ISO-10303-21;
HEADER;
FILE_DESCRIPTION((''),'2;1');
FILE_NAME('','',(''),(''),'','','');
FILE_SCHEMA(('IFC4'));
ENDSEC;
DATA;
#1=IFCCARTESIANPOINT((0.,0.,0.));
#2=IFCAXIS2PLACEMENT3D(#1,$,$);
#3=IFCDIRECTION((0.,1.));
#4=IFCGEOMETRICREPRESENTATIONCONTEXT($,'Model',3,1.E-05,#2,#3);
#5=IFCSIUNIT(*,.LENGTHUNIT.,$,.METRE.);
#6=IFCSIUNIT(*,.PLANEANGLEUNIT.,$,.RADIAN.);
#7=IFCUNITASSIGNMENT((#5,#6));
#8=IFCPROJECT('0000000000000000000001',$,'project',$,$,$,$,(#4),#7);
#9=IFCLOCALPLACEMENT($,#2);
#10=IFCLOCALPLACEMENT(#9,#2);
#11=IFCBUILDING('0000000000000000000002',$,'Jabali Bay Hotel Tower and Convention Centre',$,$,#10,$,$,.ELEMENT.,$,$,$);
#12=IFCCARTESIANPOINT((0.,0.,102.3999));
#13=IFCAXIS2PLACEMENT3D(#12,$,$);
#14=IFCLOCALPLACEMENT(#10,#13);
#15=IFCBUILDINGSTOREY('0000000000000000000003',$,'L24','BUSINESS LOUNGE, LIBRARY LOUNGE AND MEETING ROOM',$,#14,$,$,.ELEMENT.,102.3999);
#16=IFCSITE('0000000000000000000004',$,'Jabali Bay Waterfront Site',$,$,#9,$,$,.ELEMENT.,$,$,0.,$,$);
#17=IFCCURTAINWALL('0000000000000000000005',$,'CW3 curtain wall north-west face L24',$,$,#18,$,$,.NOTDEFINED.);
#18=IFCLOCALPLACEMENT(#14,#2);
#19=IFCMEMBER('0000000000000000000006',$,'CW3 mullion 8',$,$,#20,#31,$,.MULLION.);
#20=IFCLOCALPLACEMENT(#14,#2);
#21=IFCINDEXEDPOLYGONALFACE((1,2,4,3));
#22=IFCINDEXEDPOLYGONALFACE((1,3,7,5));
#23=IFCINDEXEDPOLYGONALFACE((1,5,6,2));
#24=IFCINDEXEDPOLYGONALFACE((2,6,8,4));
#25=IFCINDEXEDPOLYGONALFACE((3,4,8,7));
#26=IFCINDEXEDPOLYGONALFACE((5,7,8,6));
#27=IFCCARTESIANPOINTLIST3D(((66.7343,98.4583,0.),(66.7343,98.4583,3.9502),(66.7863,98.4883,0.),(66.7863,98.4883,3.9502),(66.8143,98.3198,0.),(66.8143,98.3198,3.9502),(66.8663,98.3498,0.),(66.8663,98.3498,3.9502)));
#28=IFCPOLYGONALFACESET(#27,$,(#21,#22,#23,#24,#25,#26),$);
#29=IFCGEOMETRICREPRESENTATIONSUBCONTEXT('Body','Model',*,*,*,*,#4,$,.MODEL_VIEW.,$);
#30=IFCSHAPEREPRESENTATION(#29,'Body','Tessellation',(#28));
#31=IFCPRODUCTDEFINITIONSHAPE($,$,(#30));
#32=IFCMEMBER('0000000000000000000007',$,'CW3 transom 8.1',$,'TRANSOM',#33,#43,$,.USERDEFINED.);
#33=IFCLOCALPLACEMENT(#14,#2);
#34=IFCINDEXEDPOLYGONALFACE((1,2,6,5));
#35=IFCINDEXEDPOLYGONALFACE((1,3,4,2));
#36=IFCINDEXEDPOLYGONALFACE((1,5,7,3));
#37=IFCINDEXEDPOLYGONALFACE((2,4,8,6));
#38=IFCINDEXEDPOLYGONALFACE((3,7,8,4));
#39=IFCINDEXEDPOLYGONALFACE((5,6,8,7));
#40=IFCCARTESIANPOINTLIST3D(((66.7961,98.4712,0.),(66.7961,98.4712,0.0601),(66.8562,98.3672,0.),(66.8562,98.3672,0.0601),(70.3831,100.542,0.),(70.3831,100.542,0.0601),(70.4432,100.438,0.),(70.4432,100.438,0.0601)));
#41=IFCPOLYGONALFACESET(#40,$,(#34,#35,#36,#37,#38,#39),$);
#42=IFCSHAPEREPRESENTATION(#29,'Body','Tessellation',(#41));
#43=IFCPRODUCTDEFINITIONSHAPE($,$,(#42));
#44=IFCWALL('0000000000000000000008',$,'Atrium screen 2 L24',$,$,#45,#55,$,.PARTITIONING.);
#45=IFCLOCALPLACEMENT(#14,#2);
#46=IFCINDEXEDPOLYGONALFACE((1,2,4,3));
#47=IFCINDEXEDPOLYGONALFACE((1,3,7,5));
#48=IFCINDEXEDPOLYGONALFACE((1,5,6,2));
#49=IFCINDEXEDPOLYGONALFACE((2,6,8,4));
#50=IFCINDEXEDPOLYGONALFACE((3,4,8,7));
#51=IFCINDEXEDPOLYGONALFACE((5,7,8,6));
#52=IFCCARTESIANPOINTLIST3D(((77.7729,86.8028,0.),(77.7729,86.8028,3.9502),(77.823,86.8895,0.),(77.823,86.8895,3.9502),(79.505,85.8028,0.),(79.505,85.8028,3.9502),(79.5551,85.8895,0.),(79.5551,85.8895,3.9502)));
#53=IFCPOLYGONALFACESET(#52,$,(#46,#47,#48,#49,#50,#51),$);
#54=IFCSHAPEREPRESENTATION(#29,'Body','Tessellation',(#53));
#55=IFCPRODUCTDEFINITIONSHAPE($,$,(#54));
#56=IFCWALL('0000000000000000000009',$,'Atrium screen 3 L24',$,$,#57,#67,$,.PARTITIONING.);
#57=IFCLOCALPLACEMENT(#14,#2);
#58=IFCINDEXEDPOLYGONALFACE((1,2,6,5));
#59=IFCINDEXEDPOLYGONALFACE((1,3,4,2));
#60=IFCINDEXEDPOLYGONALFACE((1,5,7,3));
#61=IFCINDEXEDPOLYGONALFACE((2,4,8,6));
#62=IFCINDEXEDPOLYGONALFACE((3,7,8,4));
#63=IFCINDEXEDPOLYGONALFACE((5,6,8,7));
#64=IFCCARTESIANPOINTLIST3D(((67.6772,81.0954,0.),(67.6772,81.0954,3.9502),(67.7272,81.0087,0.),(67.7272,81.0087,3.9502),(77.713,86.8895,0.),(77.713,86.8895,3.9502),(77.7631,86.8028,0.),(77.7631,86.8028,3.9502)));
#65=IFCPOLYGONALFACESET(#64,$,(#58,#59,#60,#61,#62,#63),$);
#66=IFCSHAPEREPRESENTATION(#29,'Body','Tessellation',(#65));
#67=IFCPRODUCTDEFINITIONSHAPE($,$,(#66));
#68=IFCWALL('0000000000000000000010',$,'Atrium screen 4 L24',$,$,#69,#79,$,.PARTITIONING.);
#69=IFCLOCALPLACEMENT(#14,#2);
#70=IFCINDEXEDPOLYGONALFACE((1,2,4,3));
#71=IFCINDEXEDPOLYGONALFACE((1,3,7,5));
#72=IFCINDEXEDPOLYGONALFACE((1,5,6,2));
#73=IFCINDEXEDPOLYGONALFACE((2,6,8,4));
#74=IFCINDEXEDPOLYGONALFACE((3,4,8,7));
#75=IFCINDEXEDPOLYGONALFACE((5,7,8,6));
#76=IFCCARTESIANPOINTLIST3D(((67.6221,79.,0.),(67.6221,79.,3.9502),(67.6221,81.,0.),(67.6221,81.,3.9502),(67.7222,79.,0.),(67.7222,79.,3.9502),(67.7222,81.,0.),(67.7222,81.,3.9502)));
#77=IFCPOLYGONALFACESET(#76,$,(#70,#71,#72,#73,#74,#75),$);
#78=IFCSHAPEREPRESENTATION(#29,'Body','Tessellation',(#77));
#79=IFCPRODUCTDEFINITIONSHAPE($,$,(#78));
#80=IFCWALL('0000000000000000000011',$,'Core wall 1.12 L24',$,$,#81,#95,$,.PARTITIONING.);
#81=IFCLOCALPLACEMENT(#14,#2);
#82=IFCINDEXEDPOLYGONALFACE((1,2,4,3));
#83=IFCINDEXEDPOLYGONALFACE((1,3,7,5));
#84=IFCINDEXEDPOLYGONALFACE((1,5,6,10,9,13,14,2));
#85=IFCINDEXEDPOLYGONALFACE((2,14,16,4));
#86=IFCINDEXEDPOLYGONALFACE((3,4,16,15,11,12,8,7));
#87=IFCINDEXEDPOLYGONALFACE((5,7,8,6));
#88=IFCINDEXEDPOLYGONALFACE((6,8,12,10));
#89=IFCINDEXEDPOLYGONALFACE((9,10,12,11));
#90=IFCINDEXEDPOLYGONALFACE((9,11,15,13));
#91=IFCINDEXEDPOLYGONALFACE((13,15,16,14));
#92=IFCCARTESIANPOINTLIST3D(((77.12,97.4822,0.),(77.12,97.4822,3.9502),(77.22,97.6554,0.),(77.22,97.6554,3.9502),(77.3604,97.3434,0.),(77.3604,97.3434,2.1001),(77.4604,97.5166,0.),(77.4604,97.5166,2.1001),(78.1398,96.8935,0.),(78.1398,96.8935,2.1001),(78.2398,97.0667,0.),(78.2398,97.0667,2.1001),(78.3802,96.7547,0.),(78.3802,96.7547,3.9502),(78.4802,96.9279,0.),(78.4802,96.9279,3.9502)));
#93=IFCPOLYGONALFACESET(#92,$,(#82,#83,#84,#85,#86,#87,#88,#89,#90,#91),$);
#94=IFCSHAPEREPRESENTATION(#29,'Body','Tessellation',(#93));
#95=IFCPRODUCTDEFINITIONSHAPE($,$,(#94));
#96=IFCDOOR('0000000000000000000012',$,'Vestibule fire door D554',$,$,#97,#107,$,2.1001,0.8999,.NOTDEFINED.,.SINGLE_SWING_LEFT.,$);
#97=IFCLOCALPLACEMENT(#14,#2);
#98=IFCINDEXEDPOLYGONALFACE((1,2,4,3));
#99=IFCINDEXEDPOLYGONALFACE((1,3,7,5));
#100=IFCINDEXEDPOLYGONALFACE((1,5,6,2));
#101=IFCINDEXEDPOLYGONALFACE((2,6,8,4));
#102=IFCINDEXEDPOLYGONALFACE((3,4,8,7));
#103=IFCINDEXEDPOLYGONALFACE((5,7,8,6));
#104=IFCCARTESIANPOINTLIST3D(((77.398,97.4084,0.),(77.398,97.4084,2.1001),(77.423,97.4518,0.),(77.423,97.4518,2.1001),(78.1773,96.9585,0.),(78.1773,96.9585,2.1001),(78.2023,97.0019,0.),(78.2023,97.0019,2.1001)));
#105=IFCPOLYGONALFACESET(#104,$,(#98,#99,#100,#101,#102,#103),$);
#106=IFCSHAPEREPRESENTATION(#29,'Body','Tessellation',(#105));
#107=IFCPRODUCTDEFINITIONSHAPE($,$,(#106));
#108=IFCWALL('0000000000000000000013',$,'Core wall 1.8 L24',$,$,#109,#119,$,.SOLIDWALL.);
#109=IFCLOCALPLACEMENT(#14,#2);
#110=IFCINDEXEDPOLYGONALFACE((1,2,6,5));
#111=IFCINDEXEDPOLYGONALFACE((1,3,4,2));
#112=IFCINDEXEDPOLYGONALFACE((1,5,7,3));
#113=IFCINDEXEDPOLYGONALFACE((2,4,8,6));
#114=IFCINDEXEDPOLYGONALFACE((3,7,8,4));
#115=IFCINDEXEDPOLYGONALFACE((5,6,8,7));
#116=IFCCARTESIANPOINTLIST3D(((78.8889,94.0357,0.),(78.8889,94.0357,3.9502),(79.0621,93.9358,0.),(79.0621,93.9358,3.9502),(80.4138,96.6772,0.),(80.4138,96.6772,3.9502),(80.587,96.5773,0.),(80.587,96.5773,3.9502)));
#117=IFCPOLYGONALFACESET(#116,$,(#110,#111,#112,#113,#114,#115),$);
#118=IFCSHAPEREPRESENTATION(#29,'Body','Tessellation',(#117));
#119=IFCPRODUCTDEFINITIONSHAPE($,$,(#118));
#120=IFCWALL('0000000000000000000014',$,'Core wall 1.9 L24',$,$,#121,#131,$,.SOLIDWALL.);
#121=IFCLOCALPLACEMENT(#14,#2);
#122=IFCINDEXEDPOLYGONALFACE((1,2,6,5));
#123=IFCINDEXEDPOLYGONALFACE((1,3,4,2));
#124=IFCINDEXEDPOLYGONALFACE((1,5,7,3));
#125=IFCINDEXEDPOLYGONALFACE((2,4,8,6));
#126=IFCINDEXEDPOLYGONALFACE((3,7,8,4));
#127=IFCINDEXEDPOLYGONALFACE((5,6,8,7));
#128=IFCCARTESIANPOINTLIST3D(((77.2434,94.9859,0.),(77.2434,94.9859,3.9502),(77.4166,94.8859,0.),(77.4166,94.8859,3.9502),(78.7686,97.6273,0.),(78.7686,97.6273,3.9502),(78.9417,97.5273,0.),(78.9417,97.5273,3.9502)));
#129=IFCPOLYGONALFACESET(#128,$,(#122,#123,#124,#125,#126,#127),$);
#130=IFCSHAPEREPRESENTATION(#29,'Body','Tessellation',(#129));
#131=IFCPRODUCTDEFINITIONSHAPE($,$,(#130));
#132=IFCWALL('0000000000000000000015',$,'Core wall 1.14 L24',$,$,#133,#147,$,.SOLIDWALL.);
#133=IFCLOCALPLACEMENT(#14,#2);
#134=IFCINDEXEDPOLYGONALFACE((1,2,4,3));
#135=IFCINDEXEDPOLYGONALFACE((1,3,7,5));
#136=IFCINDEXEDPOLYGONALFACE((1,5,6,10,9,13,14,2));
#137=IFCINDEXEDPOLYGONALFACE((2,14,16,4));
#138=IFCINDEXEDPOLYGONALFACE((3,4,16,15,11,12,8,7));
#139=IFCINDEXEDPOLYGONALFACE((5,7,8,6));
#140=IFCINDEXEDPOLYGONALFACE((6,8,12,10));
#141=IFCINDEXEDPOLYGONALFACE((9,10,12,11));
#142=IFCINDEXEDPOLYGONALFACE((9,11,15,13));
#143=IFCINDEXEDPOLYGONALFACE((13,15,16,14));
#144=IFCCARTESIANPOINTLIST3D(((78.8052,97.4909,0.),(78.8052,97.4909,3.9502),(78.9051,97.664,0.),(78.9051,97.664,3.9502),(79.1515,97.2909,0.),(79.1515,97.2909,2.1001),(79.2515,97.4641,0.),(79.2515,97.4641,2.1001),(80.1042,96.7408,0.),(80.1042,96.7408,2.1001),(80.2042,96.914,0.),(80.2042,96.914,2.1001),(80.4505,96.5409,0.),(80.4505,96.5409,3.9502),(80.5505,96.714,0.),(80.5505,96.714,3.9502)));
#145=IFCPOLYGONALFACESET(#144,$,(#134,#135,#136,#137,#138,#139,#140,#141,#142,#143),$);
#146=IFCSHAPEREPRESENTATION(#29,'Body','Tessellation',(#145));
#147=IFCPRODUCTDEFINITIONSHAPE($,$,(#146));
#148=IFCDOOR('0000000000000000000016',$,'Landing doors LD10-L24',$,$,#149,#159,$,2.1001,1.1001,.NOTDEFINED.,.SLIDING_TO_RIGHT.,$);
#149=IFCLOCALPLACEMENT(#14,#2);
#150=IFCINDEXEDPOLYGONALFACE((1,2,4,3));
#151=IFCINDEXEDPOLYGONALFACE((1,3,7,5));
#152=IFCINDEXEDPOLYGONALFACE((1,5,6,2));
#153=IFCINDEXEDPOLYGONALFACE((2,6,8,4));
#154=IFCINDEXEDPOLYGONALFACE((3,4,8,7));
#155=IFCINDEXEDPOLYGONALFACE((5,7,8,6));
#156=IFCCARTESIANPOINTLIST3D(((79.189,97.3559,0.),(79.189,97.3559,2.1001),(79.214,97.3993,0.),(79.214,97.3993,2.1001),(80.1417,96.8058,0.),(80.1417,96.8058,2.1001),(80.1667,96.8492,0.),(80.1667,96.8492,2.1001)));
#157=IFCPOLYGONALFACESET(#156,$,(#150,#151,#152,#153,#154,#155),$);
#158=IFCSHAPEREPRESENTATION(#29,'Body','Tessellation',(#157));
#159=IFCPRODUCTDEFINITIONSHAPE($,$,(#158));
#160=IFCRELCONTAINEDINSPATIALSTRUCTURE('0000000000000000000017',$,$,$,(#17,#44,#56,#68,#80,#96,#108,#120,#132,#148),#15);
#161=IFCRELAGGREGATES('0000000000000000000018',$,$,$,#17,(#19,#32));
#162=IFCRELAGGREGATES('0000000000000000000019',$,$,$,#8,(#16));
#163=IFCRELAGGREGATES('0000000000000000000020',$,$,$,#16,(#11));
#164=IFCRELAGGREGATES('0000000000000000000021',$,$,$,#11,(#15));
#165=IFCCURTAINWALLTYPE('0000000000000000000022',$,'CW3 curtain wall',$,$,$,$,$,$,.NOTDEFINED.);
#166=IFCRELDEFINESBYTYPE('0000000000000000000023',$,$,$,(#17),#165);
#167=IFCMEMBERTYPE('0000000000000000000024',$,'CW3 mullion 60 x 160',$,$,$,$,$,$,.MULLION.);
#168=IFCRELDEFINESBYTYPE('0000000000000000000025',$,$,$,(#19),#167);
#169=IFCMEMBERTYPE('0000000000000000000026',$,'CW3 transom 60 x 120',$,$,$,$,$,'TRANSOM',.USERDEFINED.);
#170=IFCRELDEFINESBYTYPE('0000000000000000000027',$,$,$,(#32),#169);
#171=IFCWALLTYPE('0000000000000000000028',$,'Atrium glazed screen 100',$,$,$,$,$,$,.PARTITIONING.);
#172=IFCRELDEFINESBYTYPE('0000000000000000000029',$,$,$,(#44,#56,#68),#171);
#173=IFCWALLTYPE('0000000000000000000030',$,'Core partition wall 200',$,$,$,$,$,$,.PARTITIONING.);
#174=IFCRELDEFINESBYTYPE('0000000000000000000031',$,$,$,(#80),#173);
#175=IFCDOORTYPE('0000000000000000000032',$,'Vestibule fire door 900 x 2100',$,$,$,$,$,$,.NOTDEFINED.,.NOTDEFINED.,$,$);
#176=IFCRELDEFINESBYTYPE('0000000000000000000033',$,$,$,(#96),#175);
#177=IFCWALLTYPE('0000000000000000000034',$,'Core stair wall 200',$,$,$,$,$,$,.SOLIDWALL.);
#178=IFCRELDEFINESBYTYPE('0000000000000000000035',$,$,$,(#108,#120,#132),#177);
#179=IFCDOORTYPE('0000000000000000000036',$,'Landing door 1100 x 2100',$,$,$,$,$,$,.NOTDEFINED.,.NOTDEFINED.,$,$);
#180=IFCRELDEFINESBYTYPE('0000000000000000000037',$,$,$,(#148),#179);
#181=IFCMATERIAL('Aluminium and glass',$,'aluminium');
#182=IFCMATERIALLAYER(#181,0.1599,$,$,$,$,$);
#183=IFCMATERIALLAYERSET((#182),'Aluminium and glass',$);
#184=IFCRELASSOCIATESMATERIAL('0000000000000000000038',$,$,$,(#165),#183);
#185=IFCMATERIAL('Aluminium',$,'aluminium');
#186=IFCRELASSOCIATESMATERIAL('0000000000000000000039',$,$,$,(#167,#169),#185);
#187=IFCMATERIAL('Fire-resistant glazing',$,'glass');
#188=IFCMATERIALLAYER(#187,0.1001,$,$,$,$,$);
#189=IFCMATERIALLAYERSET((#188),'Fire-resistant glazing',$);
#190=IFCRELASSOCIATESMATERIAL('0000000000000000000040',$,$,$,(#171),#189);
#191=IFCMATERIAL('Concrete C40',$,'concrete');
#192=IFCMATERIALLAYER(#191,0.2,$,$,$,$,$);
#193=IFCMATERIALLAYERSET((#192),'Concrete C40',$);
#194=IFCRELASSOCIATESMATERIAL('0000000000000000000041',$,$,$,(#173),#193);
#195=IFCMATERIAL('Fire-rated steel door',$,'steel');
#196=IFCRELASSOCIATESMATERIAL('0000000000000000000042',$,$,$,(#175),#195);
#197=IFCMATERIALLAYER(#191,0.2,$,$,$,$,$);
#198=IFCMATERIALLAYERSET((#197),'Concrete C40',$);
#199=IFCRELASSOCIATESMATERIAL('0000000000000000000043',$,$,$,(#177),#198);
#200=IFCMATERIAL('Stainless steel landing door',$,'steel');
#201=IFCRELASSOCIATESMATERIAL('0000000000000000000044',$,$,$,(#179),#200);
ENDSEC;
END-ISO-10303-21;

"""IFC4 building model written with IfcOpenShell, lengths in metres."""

from ifc_helpers import new_model, si_unit, direction, frame, frame_2d, origin, origin_2d, place, context, subcontext, project, spatial, rectangle, extrude, material, layer, layer_set, material_profile, profile_set, type_object, element, fill, aggregate, save


model = new_model("IFC4")

# Units and contexts
model_context = context("Model", 3, precision=1e-05, world=origin(), true_north=direction((0.0, 1.0)))
body_context = subcontext(model_context, "Body", "Model", "MODEL_VIEW")
ifc_project = project(units=[si_unit("LENGTHUNIT", "METRE"), si_unit("PLANEANGLEUNIT", "RADIAN")], contexts=[model_context])

# Site, building, storey
site_placement = place(None, origin())
site = spatial("IfcSite", under=ifc_project, at=site_placement, Name="Jabali Bay Waterfront Site", CompositionType="ELEMENT", RefElevation=0.0)
building_placement = place(site_placement, origin())
building = spatial("IfcBuilding", under=site, at=building_placement, Name="Jabali Bay Hotel Tower and Convention Centre", CompositionType="ELEMENT")
storey_placement = place(building_placement, frame((0.0, 0.0, 102.3999)))
storey = spatial("IfcBuildingStorey", under=building, at=storey_placement, Name="L24", Description="BUSINESS LOUNGE, LIBRARY LOUNGE AND MEETING ROOM", CompositionType="ELEMENT", Elevation=102.3999)

# Curtain wall, members
ifc_material_1 = material(Name="Aluminium and glass", Category="aluminium")
ifc_layer_1 = layer(ifc_material_1, 0.1599)
ifc_layer_set_1 = layer_set([ifc_layer_1], Name="Aluminium and glass")
curtain_wall_type = type_object("IfcCurtainWallType", Name="CW3 curtain wall", PredefinedType="NOTDEFINED", material=ifc_layer_set_1)
curtain_wall_placement = place(storey_placement, origin())
curtain_wall = element("IfcCurtainWall", 1, at=curtain_wall_placement, inside=storey, type_object=curtain_wall_type, Name="CW3 curtain wall north-west face L24", PredefinedType="NOTDEFINED")
ifc_material_2 = material(Name="Aluminium", Category="aluminium")
ifc_material_profile_1 = material_profile(ifc_material_2, rectangle(XDim=0.1599, YDim=0.0601, at=origin_2d()), Name="CW3 mullion 60 x 160")
ifc_profile_set_1 = profile_set([ifc_material_profile_1], Name="Aluminium")
member_type_1 = type_object("IfcMemberType", Name="CW3 mullion 60 x 160", PredefinedType="MULLION", material=ifc_profile_set_1)
member_1_placement = place(storey_placement, frame((66.8003, 98.4041, 0.0), z_axis=(0.0, 0.0, 1.0), x_axis=(-0.5, 0.866025, 0.0)))
member_1 = element("IfcMember", 2, at=member_1_placement, type_object=member_type_1, Name="CW3 mullion 8", PredefinedType="MULLION", context=body_context, shape_type="SweptSolid", body=[
    extrude(rectangle(XDim=0.1599, YDim=0.0601, at=origin_2d()), origin(), (0.0, 0.0, 1.0), 3.9502),
])
ifc_material_profile_2 = material_profile(ifc_material_2, rectangle(XDim=0.1201, YDim=0.0601, at=origin_2d()), Name="CW3 transom 60 x 120")
ifc_profile_set_2 = profile_set([ifc_material_profile_2], Name="Aluminium")
member_type_2 = type_object("IfcMemberType", Name="CW3 transom 60 x 120", ElementType="TRANSOM", PredefinedType="USERDEFINED", material=ifc_profile_set_2)
member_2_placement = place(storey_placement, frame((66.8262, 98.4192, 0.03), z_axis=(0.866036, 0.499981, 0.0), x_axis=(-0.499981, 0.866036, 0.0)))
member_2 = element("IfcMember", 3, at=member_2_placement, type_object=member_type_2, Name="CW3 transom 8.1", ObjectType="TRANSOM", PredefinedType="USERDEFINED", context=body_context, shape_type="SweptSolid", body=[
    extrude(rectangle(XDim=0.1201, YDim=0.0601, at=origin_2d()), origin(), (0.0, 0.0, 1.0), 4.1418),
])
aggregate(curtain_wall, [member_1, member_2])

# Walls
ifc_material_3 = material(Name="Fire-resistant glazing", Category="glass")
ifc_layer_2 = layer(ifc_material_3, 0.1001)
ifc_layer_set_2 = layer_set([ifc_layer_2], Name="Fire-resistant glazing")
wall_type_1 = type_object("IfcWallType", Name="Atrium glazed screen 100", PredefinedType="PARTITIONING", material=ifc_layer_set_2)
wall_1_placement = place(storey_placement, frame((79.53, 85.8462, 0.0), z_axis=(0.0, 0.0, 1.0), x_axis=(-0.866041, 0.499973, 0.0)))
element("IfcWall", 4, at=wall_1_placement, inside=storey, type_object=wall_type_1, Name="Atrium screen 2 L24", PredefinedType="PARTITIONING", context=body_context, shape_type="SweptSolid", body=[
    extrude(rectangle(XDim=2.0, YDim=0.1001, at=frame_2d((1.0, 0.0))), origin(), (0.0, 0.0, 1.0), 3.9502),
])
wall_2_placement = place(storey_placement, frame((77.738, 86.8462, 0.0), z_axis=(0.0, 0.0, 1.0), x_axis=(-0.866027, -0.499998, 0.0)))
element("IfcWall", 5, at=wall_2_placement, inside=storey, type_object=wall_type_1, Name="Atrium screen 3 L24", PredefinedType="PARTITIONING", context=body_context, shape_type="SweptSolid", body=[
    extrude(rectangle(XDim=11.5884, YDim=0.1001, at=frame_2d((5.7942, 0.0))), origin(), (0.0, 0.0, 1.0), 3.9502),
])
wall_3_placement = place(storey_placement, frame((67.6721, 81.0, 0.0), z_axis=(0.0, 0.0, 1.0), x_axis=(0.0, -1.0, 0.0)))
element("IfcWall", 6, at=wall_3_placement, inside=storey, type_object=wall_type_1, Name="Atrium screen 4 L24", PredefinedType="PARTITIONING", context=body_context, shape_type="SweptSolid", body=[
    extrude(rectangle(XDim=2.0, YDim=0.1001, at=frame_2d((1.0, 0.0))), origin(), (0.0, 0.0, 1.0), 3.9502),
])

# Wall, opening, door
ifc_material_4 = material(Name="Concrete C40", Category="concrete")
ifc_layer_3 = layer(ifc_material_4, 0.2)
ifc_layer_set_3 = layer_set([ifc_layer_3], Name="Concrete C40")
wall_type_2 = type_object("IfcWallType", Name="Core partition wall 200", PredefinedType="PARTITIONING", material=ifc_layer_set_3)
wall_4_placement = place(storey_placement, frame((78.4302, 96.8413, 0.0), z_axis=(0.0, 0.0, 1.0), x_axis=(-0.866046, 0.499965, 0.0)))
wall_4 = element("IfcWall", 7, at=wall_4_placement, inside=storey, type_object=wall_type_2, Name="Core wall 1.12 L24", PredefinedType="PARTITIONING", context=body_context, shape_type="SweptSolid", body=[
    extrude(rectangle(XDim=1.4551, YDim=0.2, at=frame_2d((0.7275, 0.0))), origin(), (0.0, 0.0, 1.0), 3.9502),
])
opening_1_placement = place(wall_4_placement, frame((0.2776, 0.0, 0.0)))
opening_1 = element("IfcOpeningElement", 8, at=opening_1_placement, cuts=wall_4, PredefinedType="OPENING", context=body_context, shape_type="SweptSolid", body=[
    extrude(rectangle(XDim=0.8999, YDim=2.1001, at=frame_2d((0.45, 1.05))), frame((0.0, 0.1104, 0.0), z_axis=(0.0, -1.0, 0.0), x_axis=(1.0, 0.0, 0.0)), (0.0, 0.0, 1.0), 0.2209),
])
ifc_material_5 = material(Name="Fire-rated steel door", Category="steel")
door_type_1 = type_object("IfcDoorType", Name="Vestibule fire door 900 x 2100", OperationType="NOTDEFINED", PredefinedType="NOTDEFINED", material=ifc_material_5)
door_1_placement = place(opening_1_placement, origin())
door_1 = element("IfcDoor", 9, at=door_1_placement, inside=storey, type_object=door_type_1, Name="Vestibule fire door D554", OperationType="SINGLE_SWING_LEFT", OverallHeight=2.1001, OverallWidth=0.8999, PredefinedType="NOTDEFINED", context=body_context, shape_type="SweptSolid", body=[
    extrude(rectangle(XDim=0.8999, YDim=2.1001, at=frame_2d((0.45, 1.05))), frame((0.0, 0.0249, 0.0), z_axis=(0.0, -1.0, 0.0), x_axis=(1.0, 0.0, 0.0)), (0.0, 0.0, 1.0), 0.05),
])
fill(opening_1, door_1)

# Walls
ifc_layer_4 = layer(ifc_material_4, 0.2)
ifc_layer_set_4 = layer_set([ifc_layer_4], Name="Concrete C40")
wall_type_3 = type_object("IfcWallType", Name="Core stair wall 200", PredefinedType="SOLIDWALL", material=ifc_layer_set_4)
for number, where, z_axis, x_axis, name in (
    (10, (78.9756, 93.9858, 0.0), (0.0, 0.0, 1.0), (0.499944, 0.866058, 0.0), "Core wall 1.8 L24"),
    (11, (77.3301, 94.936, 0.0), (0.0, 0.0, 1.0), (0.500039, 0.866003, 0.0), "Core wall 1.9 L24"),
):
    element("IfcWall", number, at=place(storey_placement, frame(where, z_axis=z_axis, x_axis=x_axis)), inside=storey, type_object=wall_type_3, Name=name, PredefinedType="SOLIDWALL", context=body_context, shape_type="SweptSolid", body=[
        extrude(rectangle(XDim=3.05, YDim=0.2, at=frame_2d((1.5249, 0.0))), origin(), (0.0, 0.0, 1.0), 3.9502),
    ])

# Wall, opening, door
wall_5_placement = place(storey_placement, frame((80.5005, 96.6274, 0.0), z_axis=(0.0, 0.0, 1.0), x_axis=(-0.866012, 0.500023, 0.0)))
wall_5 = element("IfcWall", 12, at=wall_5_placement, inside=storey, type_object=wall_type_3, Name="Core wall 1.14 L24", PredefinedType="SOLIDWALL", context=body_context, shape_type="SweptSolid", body=[
    extrude(rectangle(XDim=1.8999, YDim=0.2, at=frame_2d((0.95, 0.0))), origin(), (0.0, 0.0, 1.0), 3.9502),
])
opening_2_placement = place(wall_5_placement, frame((0.3999, 0.0, 0.0)))
opening_2 = element("IfcOpeningElement", 13, at=opening_2_placement, cuts=wall_5, PredefinedType="OPENING", context=body_context, shape_type="SweptSolid", body=[
    extrude(rectangle(XDim=1.1001, YDim=2.1001, at=frame_2d((0.55, 1.05))), frame((0.0, 0.1104, 0.0), z_axis=(0.0, -1.0, 0.0), x_axis=(1.0, 0.0, 0.0)), (0.0, 0.0, 1.0), 0.2209),
])
ifc_material_6 = material(Name="Stainless steel landing door", Category="steel")
door_type_2 = type_object("IfcDoorType", Name="Landing door 1100 x 2100", OperationType="NOTDEFINED", PredefinedType="NOTDEFINED", material=ifc_material_6)
door_2_placement = place(opening_2_placement, origin())
door_2 = element("IfcDoor", 14, at=door_2_placement, inside=storey, type_object=door_type_2, Name="Landing doors LD10-L24", OperationType="SLIDING_TO_RIGHT", OverallHeight=2.1001, OverallWidth=1.1001, PredefinedType="NOTDEFINED", context=body_context, shape_type="SweptSolid", body=[
    extrude(rectangle(XDim=1.1001, YDim=2.1001, at=frame_2d((0.55, 1.05))), frame((0.0, 0.0249, 0.0), z_axis=(0.0, -1.0, 0.0), x_axis=(1.0, 0.0, 0.0)), (0.0, 0.0, 1.0), 0.05),
])
fill(opening_2, door_2)

save(model, "model.ifc")
